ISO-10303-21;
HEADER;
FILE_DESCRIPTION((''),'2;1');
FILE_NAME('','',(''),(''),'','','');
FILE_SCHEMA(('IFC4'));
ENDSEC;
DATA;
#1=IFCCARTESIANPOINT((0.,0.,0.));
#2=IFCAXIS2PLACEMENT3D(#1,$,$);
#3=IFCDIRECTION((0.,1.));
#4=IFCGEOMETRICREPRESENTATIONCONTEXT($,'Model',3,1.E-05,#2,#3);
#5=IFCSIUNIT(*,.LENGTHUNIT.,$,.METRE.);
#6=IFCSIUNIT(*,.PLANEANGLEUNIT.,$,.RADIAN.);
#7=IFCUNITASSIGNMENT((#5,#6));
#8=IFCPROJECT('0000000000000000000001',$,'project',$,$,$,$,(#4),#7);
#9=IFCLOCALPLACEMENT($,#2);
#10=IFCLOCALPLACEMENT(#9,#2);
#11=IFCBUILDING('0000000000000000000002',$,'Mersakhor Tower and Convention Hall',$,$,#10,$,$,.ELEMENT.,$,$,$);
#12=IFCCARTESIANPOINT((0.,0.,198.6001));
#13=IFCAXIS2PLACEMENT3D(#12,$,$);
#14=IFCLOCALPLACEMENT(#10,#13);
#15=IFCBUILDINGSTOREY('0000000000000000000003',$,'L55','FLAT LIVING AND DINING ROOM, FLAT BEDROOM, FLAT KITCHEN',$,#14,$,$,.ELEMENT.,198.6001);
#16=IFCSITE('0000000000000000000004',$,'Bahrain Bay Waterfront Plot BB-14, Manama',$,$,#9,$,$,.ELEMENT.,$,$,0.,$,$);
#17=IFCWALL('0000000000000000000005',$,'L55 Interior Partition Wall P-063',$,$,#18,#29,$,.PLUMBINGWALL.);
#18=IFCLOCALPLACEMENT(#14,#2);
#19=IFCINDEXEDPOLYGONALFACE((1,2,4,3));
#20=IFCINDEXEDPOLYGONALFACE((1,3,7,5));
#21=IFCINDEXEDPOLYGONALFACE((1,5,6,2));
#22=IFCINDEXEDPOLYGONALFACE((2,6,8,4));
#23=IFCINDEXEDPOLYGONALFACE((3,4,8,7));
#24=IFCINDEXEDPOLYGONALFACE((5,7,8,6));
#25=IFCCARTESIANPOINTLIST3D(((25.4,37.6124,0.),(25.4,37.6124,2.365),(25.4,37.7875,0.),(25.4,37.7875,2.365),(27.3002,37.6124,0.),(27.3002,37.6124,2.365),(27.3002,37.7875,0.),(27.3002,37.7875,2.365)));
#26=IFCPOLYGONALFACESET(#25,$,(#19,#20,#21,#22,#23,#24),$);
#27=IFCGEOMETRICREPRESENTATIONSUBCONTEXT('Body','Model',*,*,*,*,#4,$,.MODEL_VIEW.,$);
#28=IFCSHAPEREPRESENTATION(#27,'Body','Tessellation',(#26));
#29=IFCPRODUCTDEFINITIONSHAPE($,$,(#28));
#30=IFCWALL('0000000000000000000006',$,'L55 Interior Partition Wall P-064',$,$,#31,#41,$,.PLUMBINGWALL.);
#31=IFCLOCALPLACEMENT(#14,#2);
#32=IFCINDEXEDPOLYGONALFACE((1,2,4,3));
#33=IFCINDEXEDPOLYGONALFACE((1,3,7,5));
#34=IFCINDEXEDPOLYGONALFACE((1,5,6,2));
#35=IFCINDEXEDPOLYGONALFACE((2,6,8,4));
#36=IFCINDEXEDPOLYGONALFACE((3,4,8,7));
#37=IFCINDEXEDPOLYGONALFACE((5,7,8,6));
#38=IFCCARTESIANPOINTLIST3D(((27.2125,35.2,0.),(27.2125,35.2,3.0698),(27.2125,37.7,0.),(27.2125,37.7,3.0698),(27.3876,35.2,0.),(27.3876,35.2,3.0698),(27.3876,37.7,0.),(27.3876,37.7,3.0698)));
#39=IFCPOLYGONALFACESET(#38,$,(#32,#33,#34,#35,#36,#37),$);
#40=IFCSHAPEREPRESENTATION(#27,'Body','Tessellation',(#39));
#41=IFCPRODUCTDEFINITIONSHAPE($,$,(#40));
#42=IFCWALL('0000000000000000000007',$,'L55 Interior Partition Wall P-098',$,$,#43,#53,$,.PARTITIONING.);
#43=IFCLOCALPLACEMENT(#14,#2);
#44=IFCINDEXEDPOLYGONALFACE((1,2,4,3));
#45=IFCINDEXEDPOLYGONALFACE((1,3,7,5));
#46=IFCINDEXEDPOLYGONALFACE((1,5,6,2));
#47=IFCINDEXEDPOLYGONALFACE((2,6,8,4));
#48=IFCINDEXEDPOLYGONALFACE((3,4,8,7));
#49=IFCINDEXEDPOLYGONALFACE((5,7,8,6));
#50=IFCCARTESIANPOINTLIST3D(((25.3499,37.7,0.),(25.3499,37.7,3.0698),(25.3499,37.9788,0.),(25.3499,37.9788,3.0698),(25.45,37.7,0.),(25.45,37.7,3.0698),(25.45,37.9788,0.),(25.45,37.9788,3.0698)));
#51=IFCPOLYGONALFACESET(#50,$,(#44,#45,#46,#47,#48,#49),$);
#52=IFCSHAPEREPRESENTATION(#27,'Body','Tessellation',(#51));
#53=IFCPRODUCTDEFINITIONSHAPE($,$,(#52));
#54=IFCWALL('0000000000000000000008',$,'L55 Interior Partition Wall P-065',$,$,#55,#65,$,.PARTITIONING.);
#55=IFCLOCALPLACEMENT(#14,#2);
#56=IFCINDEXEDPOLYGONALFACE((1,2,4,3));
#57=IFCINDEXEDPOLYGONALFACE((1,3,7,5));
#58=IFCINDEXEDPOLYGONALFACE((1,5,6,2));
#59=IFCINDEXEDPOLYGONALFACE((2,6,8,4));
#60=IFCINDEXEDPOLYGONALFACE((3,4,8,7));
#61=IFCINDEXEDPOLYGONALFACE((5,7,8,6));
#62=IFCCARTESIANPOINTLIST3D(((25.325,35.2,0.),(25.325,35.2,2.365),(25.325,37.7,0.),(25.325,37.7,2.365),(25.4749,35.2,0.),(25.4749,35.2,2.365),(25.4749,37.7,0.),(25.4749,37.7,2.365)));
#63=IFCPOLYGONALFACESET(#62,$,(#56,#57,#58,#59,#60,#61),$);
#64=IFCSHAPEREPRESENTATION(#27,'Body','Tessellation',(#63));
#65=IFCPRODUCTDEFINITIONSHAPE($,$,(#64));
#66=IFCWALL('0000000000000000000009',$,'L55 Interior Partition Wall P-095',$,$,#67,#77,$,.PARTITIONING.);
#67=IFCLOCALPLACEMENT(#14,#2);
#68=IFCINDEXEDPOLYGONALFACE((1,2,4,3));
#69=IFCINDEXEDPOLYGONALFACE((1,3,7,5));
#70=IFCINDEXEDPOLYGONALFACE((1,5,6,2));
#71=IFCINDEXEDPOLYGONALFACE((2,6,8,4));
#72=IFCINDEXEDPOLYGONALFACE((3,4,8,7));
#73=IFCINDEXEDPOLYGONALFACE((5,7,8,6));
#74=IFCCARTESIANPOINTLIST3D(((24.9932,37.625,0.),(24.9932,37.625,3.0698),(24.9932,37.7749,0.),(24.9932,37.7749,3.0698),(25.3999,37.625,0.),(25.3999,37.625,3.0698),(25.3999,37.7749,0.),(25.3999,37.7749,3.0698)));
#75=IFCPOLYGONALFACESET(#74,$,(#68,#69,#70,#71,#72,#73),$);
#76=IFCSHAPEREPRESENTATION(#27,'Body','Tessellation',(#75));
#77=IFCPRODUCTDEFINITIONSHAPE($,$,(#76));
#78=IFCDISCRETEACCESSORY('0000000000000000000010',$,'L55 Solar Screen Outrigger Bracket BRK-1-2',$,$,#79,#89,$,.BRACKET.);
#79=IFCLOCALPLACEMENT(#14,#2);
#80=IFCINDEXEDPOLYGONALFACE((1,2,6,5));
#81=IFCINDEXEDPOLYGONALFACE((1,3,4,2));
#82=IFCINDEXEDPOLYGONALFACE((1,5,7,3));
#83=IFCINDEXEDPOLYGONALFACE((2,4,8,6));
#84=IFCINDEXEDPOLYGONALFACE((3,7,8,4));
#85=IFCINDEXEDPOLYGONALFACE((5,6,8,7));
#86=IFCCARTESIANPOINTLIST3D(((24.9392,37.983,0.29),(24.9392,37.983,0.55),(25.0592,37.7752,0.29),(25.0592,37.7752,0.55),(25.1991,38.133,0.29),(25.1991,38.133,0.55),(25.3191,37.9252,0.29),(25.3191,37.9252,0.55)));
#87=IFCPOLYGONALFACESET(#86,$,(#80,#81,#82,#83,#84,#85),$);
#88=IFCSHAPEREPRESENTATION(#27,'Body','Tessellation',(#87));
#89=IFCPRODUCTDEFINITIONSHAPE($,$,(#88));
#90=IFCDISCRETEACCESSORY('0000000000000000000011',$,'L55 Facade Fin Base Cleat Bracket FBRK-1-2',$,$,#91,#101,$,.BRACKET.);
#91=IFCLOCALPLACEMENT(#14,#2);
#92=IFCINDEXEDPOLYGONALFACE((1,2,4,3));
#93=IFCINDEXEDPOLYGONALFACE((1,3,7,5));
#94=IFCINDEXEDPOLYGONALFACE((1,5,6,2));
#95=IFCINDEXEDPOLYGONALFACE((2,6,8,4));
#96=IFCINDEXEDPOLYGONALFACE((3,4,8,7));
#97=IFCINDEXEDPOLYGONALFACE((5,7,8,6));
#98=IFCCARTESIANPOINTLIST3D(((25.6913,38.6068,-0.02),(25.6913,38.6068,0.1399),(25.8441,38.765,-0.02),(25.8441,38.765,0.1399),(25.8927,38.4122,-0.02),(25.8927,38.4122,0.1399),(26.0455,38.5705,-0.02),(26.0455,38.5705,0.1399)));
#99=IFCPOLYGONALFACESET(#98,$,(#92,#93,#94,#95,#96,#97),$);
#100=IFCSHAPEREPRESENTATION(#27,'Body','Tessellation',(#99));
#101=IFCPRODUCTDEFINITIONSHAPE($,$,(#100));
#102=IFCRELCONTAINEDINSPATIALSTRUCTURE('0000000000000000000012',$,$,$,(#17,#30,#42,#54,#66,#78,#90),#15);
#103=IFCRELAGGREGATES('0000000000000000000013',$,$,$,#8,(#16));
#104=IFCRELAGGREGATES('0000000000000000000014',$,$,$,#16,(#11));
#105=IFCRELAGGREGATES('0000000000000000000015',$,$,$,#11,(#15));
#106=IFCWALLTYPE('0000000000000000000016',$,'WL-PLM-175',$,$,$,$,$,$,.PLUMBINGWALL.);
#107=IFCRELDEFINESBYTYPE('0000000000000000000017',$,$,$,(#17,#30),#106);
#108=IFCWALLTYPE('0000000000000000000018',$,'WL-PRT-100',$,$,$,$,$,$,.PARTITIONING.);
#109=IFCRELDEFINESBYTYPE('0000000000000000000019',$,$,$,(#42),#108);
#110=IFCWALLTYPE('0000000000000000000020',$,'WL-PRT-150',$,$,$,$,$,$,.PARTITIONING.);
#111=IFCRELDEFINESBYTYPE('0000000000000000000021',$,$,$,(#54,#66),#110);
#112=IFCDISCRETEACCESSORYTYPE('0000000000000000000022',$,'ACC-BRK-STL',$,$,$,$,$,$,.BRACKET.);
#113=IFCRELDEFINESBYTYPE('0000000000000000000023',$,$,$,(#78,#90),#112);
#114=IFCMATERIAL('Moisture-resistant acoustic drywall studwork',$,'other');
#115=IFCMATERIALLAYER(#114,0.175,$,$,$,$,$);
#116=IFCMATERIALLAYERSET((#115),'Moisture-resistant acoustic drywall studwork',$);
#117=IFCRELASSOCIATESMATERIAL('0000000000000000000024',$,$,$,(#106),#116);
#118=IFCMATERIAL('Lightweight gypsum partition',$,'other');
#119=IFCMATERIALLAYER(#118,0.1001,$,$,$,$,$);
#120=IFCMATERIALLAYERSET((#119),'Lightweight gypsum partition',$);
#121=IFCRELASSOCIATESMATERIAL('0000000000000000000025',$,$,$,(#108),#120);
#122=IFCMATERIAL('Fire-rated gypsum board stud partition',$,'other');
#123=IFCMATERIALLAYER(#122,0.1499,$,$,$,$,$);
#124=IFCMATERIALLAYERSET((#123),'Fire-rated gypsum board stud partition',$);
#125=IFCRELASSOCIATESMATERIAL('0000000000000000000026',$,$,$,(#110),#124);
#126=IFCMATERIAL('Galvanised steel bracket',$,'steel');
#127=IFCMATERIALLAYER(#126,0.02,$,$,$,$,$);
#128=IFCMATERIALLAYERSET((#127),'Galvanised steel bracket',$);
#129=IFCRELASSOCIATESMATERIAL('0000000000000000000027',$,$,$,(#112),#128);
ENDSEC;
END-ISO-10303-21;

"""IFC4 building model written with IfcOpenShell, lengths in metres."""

from ifc_helpers import new_model, si_unit, direction, frame, frame_2d, origin, origin_2d, place, context, subcontext, project, spatial, rectangle, extrude, material, layer, layer_set, type_object, element, save


model = new_model("IFC4")

# Units and contexts
model_context = context("Model", 3, precision=1e-05, world=origin(), true_north=direction((0.0, 1.0)))
body_context = subcontext(model_context, "Body", "Model", "MODEL_VIEW")
ifc_project = project(units=[si_unit("LENGTHUNIT", "METRE"), si_unit("PLANEANGLEUNIT", "RADIAN")], contexts=[model_context])

# Site, building, storey
site_placement = place(None, origin())
site = spatial("IfcSite", under=ifc_project, at=site_placement, Name="Bahrain Bay Waterfront Plot BB-14, Manama", CompositionType="ELEMENT", RefElevation=0.0)
building_placement = place(site_placement, origin())
building = spatial("IfcBuilding", under=site, at=building_placement, Name="Mersakhor Tower and Convention Hall", CompositionType="ELEMENT")
storey_placement = place(building_placement, frame((0.0, 0.0, 198.6001)))
storey = spatial("IfcBuildingStorey", under=building, at=storey_placement, Name="L55", Description="FLAT LIVING AND DINING ROOM, FLAT BEDROOM, FLAT KITCHEN", CompositionType="ELEMENT", Elevation=198.6001)

# Walls
ifc_material_1 = material(Name="Moisture-resistant acoustic drywall studwork", Category="other")
ifc_layer_1 = layer(ifc_material_1, 0.175)
ifc_layer_set_1 = layer_set([ifc_layer_1], Name="Moisture-resistant acoustic drywall studwork")
wall_type_1 = type_object("IfcWallType", Name="WL-PLM-175", PredefinedType="PLUMBINGWALL", material=ifc_layer_set_1)
wall_1_placement = place(storey_placement, frame((25.3999, 37.7, 0.0), z_axis=(0.0, 0.0, 1.0), x_axis=(1.0, 0.0, 0.0)))
element("IfcWall", 1, at=wall_1_placement, inside=storey, type_object=wall_type_1, Name="L55 Interior Partition Wall P-063", PredefinedType="PLUMBINGWALL", context=body_context, shape_type="SweptSolid", body=[
    extrude(rectangle(XDim=1.9001, YDim=0.175, at=frame_2d((0.9502, 0.0))), origin(), (0.0, 0.0, 1.0), 2.365),
])
wall_2_placement = place(storey_placement, frame((27.3, 37.7, 0.0), z_axis=(0.0, 0.0, 1.0), x_axis=(0.0, -1.0, 0.0)))
element("IfcWall", 2, at=wall_2_placement, inside=storey, type_object=wall_type_1, Name="L55 Interior Partition Wall P-064", PredefinedType="PLUMBINGWALL", context=body_context, shape_type="SweptSolid", body=[
    extrude(rectangle(XDim=2.5, YDim=0.175, at=frame_2d((1.25, 0.0))), origin(), (0.0, 0.0, 1.0), 3.0698),
])
ifc_material_2 = material(Name="Lightweight gypsum partition", Category="other")
ifc_layer_2 = layer(ifc_material_2, 0.1001)
ifc_layer_set_2 = layer_set([ifc_layer_2], Name="Lightweight gypsum partition")
wall_type_2 = type_object("IfcWallType", Name="WL-PRT-100", PredefinedType="PARTITIONING", material=ifc_layer_set_2)
wall_3_placement = place(storey_placement, frame((25.3999, 37.7, 0.0), z_axis=(0.0, 0.0, 1.0), x_axis=(0.0, 1.0, 0.0)))
element("IfcWall", 3, at=wall_3_placement, inside=storey, type_object=wall_type_2, Name="L55 Interior Partition Wall P-098", PredefinedType="PARTITIONING", context=body_context, shape_type="SweptSolid", body=[
    extrude(rectangle(XDim=0.2788, YDim=0.1001, at=frame_2d((0.1394, 0.0))), origin(), (0.0, 0.0, 1.0), 3.0698),
])

# Shared definitions
ifc_material_3 = material(Name="Fire-rated gypsum board stud partition", Category="other")
ifc_layer_3 = layer(ifc_material_3, 0.1499)
ifc_layer_set_3 = layer_set([ifc_layer_3], Name="Fire-rated gypsum board stud partition")
wall_type_3 = type_object("IfcWallType", Name="WL-PRT-150", PredefinedType="PARTITIONING", material=ifc_layer_set_3)

# Walls
wall_4_placement = place(storey_placement, frame((25.3999, 35.2, 0.0), z_axis=(0.0, 0.0, 1.0), x_axis=(0.0, 1.0, 0.0)))
element("IfcWall", 4, at=wall_4_placement, inside=storey, type_object=wall_type_3, Name="L55 Interior Partition Wall P-065", PredefinedType="PARTITIONING", context=body_context, shape_type="SweptSolid", body=[
    extrude(rectangle(XDim=2.5, YDim=0.1499, at=frame_2d((1.25, 0.0))), origin(), (0.0, 0.0, 1.0), 2.365),
])
wall_5_placement = place(storey_placement, frame((24.9932, 37.7, 0.0), z_axis=(0.0, 0.0, 1.0), x_axis=(1.0, 0.0, 0.0)))
element("IfcWall", 5, at=wall_5_placement, inside=storey, type_object=wall_type_3, Name="L55 Interior Partition Wall P-095", PredefinedType="PARTITIONING", context=body_context, shape_type="SweptSolid", body=[
    extrude(rectangle(XDim=0.4067, YDim=0.1499, at=frame_2d((0.2034, 0.0))), origin(), (0.0, 0.0, 1.0), 3.0698),
])

# Discrete accessories
ifc_material_4 = material(Name="Galvanised steel bracket", Category="steel")
ifc_layer_4 = layer(ifc_material_4, 0.02)
ifc_layer_set_4 = layer_set([ifc_layer_4], Name="Galvanised steel bracket")
discrete_accessory_type = type_object("IfcDiscreteAccessoryType", Name="ACC-BRK-STL", PredefinedType="BRACKET", material=ifc_layer_set_4)
discrete_accessory_1_placement = place(storey_placement, frame((25.1292, 37.9541, 0.29), z_axis=(0.0, 0.0, 1.0), x_axis=(0.866025, 0.5, 0.0)))
element("IfcDiscreteAccessory", 6, at=discrete_accessory_1_placement, inside=storey, type_object=discrete_accessory_type, Name="L55 Solar Screen Outrigger Bracket BRK-1-2", PredefinedType="BRACKET", context=body_context, shape_type="SweptSolid", body=[
    extrude(rectangle(XDim=0.3, YDim=0.24, at=origin_2d()), origin(), (0.0, 0.0, 1.0), 0.26),
])
discrete_accessory_2_placement = place(storey_placement, frame((25.8684, 38.5886, -0.02), z_axis=(0.0, 0.0, 1.0), x_axis=(-0.71934, 0.694658, 0.0)))
element("IfcDiscreteAccessory", 7, at=discrete_accessory_2_placement, inside=storey, type_object=discrete_accessory_type, Name="L55 Facade Fin Base Cleat Bracket FBRK-1-2", PredefinedType="BRACKET", context=body_context, shape_type="SweptSolid", body=[
    extrude(rectangle(XDim=0.28, YDim=0.22, at=origin_2d()), origin(), (0.0, 0.0, 1.0), 0.1599),
])

save(model, "model.ifc")
